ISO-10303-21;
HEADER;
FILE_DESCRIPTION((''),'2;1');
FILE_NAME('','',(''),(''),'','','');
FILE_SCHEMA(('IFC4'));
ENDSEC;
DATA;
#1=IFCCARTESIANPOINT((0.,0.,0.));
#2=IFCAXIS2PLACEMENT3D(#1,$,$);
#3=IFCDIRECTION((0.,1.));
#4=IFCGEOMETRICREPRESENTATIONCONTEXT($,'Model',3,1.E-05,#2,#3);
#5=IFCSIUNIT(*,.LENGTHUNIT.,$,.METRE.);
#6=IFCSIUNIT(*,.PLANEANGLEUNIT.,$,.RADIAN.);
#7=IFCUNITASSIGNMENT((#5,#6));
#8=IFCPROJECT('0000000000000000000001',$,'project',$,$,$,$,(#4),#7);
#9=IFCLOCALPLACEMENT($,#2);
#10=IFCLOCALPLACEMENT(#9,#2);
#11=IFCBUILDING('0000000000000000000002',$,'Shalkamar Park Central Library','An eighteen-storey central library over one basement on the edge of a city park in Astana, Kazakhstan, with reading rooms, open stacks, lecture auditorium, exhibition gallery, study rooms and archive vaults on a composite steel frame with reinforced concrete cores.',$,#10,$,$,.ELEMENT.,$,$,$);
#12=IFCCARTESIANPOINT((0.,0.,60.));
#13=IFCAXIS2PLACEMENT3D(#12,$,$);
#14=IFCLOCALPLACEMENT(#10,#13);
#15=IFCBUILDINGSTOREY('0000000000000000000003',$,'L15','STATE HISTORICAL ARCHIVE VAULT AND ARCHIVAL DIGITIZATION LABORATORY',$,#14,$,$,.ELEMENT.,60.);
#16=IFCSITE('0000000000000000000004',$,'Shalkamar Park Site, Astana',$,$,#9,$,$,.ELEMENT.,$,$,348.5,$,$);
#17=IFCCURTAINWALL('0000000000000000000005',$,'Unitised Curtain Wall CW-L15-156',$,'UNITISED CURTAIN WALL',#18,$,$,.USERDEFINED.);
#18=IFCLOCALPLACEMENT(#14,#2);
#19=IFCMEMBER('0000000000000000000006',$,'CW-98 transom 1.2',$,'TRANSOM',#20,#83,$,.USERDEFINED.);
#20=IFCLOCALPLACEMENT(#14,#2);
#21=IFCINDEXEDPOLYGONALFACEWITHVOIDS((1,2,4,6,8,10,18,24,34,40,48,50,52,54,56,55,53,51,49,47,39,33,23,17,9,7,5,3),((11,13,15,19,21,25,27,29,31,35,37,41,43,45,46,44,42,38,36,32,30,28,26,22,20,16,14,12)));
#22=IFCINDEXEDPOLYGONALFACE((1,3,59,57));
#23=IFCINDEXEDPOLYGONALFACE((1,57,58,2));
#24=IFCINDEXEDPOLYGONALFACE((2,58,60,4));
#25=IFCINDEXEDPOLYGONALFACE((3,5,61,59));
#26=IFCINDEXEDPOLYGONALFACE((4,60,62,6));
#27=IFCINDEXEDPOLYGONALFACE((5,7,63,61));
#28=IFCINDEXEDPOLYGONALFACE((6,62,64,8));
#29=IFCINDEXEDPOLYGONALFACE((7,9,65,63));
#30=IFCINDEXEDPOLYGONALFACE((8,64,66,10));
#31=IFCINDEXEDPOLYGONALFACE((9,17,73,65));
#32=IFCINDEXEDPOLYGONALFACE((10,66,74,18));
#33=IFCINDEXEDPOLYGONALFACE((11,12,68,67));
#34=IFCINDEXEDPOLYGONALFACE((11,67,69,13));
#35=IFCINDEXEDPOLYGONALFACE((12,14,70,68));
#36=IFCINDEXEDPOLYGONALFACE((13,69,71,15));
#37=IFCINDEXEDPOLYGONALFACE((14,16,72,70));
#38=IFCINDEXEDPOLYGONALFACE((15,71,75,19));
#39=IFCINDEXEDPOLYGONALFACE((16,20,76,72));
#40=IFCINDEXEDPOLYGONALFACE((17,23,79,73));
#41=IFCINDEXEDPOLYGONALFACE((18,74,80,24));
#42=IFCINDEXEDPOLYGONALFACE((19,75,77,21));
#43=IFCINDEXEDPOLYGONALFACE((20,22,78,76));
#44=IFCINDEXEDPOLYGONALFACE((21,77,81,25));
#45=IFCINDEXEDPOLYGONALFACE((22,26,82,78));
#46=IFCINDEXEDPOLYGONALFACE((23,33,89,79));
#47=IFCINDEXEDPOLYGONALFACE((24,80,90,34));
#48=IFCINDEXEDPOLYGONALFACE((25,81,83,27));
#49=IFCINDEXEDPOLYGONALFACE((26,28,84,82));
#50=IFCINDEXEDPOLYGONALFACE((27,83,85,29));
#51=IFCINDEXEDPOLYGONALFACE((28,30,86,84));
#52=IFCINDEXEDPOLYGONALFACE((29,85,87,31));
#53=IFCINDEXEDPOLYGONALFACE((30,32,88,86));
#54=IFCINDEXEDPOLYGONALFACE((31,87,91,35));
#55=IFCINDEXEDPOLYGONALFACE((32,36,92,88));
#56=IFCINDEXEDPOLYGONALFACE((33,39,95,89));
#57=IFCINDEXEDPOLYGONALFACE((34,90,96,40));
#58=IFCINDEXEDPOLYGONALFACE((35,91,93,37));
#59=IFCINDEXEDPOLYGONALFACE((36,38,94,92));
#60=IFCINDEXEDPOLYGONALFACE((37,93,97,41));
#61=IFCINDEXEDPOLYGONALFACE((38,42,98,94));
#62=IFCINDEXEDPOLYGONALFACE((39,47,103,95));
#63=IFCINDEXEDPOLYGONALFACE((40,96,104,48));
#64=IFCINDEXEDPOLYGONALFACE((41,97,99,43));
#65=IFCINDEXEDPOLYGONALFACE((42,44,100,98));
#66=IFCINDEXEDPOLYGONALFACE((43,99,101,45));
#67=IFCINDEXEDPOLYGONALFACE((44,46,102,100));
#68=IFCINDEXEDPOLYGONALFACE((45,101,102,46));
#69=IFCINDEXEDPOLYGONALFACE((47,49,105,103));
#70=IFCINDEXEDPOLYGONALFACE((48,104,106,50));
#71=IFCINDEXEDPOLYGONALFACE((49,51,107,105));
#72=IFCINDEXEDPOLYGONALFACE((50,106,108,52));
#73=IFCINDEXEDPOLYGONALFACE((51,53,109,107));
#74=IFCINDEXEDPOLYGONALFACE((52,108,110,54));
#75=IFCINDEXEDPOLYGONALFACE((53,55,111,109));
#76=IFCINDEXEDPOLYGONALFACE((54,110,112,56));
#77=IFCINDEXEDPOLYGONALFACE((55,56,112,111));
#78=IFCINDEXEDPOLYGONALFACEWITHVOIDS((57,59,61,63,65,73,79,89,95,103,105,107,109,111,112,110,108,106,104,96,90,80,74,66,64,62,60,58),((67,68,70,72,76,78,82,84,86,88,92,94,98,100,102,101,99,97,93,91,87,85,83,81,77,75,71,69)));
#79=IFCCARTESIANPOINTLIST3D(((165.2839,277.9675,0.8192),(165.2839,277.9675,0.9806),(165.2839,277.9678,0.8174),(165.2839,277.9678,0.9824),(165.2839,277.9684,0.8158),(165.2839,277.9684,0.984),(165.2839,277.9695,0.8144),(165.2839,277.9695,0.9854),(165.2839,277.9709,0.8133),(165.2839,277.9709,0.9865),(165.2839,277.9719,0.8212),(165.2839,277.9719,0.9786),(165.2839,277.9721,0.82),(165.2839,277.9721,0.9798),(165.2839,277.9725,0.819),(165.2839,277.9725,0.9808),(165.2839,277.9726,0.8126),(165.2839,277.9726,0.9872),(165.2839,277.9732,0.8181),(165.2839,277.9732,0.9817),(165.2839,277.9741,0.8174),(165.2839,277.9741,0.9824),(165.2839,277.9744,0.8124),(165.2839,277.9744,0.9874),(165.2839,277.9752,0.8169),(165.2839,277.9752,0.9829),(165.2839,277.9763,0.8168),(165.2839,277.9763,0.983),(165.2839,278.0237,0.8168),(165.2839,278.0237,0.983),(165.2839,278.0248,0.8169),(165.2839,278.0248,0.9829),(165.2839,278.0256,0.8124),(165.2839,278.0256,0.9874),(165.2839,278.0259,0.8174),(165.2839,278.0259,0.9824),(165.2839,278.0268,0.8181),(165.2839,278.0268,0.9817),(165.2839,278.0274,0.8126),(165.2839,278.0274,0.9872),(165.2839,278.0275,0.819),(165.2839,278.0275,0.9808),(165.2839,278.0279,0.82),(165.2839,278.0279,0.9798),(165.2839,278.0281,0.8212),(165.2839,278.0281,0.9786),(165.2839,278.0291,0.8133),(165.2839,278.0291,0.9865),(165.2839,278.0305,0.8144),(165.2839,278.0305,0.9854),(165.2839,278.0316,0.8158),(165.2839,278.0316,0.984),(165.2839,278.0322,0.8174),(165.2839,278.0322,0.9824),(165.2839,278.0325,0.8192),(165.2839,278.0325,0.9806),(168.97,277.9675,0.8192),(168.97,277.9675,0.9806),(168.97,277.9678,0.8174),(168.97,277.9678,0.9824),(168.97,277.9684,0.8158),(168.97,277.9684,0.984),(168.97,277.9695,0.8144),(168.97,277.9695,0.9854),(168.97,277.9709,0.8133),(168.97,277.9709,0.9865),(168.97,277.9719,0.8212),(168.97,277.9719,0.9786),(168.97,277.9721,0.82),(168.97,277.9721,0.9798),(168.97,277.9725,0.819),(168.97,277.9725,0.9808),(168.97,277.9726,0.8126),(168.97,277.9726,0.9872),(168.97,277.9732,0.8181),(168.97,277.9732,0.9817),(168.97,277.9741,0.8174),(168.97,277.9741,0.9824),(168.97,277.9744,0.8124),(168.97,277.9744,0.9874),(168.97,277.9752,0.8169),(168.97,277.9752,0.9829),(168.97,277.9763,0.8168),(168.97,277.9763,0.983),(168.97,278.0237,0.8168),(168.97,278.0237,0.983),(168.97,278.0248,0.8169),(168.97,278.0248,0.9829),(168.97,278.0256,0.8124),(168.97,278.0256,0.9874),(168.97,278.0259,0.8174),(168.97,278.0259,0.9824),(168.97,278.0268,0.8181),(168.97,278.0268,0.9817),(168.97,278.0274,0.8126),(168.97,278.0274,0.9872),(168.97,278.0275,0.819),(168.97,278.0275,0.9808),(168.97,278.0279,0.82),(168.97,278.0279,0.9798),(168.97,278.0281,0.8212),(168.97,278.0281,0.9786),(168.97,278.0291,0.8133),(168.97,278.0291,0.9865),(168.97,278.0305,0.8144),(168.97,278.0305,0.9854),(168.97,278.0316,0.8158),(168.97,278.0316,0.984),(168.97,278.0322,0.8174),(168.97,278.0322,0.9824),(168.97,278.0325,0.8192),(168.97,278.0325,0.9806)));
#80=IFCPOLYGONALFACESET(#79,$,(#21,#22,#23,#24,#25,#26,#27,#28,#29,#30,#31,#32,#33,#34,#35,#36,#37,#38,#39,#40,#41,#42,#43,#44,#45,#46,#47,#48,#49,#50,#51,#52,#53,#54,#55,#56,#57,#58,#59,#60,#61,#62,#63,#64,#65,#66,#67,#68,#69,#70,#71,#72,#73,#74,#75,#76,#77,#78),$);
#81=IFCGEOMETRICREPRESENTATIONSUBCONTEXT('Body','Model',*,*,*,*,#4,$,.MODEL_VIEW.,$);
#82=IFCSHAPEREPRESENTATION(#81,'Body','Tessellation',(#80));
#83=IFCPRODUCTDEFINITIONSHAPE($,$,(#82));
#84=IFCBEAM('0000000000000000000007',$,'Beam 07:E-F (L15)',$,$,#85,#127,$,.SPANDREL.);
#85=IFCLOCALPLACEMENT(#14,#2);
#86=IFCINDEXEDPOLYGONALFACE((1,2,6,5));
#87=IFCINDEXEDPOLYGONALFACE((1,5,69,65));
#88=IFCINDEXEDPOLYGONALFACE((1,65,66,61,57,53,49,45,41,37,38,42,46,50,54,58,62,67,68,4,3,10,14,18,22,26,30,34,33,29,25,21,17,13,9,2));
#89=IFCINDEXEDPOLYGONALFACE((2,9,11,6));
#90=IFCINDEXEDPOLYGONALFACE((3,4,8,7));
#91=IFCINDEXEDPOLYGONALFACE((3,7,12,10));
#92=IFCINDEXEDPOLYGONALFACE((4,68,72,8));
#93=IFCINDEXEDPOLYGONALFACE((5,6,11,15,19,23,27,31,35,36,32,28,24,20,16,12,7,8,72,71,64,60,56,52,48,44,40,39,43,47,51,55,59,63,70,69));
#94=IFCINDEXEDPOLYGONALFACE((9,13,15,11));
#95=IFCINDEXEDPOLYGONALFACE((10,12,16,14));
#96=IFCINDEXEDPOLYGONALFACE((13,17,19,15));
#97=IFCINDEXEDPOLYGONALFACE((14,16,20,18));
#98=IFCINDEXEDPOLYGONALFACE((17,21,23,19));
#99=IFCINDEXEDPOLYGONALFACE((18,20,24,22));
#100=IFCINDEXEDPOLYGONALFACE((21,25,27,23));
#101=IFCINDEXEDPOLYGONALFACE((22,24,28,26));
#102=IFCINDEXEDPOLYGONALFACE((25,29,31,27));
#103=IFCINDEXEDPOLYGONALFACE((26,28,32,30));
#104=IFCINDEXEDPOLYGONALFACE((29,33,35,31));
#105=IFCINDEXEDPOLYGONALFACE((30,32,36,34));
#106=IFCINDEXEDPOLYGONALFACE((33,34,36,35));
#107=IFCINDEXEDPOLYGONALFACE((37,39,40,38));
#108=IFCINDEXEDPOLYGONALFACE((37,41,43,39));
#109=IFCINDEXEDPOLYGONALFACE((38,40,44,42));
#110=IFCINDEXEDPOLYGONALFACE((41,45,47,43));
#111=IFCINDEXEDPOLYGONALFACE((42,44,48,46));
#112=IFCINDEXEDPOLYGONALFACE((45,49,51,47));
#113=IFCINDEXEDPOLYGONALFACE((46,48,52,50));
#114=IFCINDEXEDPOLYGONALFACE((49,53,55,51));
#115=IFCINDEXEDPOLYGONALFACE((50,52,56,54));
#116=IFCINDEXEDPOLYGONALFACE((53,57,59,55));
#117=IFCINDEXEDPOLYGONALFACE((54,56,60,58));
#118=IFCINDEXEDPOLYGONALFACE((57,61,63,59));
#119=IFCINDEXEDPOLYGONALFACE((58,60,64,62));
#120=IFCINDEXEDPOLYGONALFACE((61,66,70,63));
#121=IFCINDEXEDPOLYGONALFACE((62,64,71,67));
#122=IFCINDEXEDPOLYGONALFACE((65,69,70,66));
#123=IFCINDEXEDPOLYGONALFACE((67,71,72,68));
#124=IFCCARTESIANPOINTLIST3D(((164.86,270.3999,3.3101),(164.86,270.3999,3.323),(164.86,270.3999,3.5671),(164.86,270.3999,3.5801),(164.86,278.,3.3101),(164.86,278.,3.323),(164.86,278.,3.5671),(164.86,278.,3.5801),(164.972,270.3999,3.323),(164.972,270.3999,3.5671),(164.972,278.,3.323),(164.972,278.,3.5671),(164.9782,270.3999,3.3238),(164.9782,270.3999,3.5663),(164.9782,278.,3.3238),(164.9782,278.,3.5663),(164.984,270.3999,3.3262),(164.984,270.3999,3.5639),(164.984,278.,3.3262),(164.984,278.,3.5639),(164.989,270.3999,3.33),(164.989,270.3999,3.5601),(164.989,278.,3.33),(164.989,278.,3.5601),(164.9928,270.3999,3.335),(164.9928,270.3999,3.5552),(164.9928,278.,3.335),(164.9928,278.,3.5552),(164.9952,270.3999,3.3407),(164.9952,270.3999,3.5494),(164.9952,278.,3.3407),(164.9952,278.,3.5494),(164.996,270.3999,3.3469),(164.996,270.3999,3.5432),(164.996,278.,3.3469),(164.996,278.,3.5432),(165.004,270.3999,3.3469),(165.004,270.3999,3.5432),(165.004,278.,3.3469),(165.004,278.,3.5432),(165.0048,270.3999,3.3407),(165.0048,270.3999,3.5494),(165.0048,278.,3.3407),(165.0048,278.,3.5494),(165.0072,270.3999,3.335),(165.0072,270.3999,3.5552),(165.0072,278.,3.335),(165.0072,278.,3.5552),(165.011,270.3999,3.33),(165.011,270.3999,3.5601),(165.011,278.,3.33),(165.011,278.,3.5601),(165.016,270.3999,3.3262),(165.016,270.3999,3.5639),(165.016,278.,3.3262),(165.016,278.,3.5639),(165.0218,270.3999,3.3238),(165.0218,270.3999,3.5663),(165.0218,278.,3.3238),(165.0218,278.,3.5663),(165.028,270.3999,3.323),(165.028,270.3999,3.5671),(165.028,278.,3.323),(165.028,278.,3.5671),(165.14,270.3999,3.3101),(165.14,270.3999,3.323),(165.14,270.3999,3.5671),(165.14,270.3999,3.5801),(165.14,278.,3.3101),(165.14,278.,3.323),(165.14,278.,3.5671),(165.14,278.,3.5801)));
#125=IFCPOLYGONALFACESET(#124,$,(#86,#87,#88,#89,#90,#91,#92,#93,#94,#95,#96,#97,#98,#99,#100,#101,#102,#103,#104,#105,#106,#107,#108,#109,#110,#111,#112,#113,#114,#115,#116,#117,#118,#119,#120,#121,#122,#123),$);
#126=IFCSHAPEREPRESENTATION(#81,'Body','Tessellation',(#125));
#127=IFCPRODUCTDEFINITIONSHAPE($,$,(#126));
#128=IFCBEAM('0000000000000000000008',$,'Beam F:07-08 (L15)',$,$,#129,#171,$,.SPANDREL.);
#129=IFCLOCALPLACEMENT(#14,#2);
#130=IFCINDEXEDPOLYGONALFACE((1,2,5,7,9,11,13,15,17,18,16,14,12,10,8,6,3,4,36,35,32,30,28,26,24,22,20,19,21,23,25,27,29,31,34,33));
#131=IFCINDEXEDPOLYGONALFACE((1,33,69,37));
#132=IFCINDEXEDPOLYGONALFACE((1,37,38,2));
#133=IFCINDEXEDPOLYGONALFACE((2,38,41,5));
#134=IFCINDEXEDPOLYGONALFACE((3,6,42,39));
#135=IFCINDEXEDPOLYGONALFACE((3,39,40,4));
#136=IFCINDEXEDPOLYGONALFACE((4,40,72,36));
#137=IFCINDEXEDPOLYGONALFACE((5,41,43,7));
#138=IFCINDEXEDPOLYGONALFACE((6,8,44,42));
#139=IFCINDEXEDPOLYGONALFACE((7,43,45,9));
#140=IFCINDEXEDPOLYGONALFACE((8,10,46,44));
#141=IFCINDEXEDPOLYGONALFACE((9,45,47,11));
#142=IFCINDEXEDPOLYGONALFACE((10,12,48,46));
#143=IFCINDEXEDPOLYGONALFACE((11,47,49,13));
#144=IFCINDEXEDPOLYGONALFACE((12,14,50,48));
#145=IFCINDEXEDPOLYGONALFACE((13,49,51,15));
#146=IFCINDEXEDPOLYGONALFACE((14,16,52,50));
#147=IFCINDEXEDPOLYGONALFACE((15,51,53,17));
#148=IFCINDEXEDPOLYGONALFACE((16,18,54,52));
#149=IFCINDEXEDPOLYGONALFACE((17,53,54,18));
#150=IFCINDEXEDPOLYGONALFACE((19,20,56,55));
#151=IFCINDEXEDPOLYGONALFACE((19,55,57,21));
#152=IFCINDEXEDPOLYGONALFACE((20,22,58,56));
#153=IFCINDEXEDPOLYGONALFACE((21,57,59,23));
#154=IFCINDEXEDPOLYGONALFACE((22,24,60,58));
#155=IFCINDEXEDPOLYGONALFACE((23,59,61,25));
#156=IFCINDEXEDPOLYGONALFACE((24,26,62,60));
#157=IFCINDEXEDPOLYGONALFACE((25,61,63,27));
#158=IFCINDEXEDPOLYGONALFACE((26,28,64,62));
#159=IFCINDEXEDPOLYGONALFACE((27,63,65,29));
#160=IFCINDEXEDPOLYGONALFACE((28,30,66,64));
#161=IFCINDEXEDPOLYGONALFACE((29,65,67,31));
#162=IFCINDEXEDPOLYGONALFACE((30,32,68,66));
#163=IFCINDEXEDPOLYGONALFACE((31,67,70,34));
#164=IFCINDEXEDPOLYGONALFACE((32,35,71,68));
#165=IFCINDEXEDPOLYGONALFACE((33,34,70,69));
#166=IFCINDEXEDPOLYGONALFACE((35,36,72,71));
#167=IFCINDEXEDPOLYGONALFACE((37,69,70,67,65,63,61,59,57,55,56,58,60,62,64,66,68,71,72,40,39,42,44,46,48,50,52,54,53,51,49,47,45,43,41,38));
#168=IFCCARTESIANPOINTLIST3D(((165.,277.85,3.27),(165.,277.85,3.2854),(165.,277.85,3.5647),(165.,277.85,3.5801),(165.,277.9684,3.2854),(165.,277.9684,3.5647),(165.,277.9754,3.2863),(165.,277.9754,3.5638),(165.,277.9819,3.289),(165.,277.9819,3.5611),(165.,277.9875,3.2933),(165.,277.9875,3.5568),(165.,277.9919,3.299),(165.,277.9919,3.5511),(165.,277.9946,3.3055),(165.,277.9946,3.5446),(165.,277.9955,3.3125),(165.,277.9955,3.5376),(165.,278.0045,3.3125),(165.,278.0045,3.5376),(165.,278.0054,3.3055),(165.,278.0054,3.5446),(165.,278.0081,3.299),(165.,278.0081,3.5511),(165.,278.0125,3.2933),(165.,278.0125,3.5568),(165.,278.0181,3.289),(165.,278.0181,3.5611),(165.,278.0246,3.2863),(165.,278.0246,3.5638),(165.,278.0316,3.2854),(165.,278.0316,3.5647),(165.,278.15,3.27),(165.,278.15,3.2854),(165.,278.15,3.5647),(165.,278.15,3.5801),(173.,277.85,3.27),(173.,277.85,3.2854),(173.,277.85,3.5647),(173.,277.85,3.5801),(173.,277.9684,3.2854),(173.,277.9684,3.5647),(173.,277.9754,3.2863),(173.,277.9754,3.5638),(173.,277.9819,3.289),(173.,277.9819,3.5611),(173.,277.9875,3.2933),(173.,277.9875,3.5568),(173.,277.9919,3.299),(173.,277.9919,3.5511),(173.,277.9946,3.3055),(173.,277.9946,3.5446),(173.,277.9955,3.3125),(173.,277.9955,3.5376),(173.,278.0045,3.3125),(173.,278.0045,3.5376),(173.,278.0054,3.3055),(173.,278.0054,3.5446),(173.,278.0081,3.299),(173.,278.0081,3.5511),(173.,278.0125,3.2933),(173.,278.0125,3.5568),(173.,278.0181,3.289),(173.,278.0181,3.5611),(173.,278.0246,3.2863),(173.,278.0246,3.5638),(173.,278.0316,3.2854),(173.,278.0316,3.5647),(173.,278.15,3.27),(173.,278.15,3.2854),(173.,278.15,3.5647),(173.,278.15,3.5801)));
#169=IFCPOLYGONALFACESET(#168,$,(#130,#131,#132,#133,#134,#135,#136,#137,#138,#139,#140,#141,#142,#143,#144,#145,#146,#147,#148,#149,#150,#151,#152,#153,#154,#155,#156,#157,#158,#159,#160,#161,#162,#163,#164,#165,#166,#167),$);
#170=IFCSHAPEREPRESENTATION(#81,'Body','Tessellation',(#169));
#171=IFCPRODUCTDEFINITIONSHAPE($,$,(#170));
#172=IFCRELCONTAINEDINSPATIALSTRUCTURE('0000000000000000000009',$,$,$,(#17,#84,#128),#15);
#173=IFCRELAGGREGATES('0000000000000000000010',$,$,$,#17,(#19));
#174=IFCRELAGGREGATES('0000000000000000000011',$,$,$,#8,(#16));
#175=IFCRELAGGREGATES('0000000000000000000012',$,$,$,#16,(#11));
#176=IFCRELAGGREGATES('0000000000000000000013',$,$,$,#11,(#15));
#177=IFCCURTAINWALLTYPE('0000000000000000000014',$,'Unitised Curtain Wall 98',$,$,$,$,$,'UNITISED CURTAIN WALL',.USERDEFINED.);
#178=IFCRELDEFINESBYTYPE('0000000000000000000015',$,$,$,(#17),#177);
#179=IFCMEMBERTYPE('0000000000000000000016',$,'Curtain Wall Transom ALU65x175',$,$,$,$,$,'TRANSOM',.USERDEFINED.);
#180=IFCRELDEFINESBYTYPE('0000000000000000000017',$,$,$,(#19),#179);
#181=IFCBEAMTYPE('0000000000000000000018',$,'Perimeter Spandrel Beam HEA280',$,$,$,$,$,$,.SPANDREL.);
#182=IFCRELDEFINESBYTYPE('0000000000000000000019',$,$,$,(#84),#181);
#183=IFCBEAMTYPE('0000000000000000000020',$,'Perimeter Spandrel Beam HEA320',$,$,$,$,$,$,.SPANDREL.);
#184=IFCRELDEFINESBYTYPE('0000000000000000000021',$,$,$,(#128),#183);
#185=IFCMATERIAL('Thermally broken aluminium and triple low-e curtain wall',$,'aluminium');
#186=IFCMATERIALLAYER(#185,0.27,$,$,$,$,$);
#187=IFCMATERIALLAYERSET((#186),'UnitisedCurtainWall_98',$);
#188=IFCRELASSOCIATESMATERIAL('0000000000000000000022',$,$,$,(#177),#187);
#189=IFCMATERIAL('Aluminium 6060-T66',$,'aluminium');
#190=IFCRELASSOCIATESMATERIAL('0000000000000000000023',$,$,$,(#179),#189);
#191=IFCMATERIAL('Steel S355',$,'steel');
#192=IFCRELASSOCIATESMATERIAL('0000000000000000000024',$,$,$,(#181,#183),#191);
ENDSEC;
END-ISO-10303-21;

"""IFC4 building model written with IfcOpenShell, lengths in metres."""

from ifc_helpers import new_model, si_unit, direction, frame, origin, origin_2d, place, context, subcontext, project, spatial, hollow_rectangle, i_section, extrude, material, layer, layer_set, material_profile, profile_set, type_object, element, aggregate, save


model = new_model("IFC4")

# Units and contexts
model_context = context("Model", 3, precision=1e-05, world=origin(), true_north=direction((0.0, 1.0)))
body_context = subcontext(model_context, "Body", "Model", "MODEL_VIEW")
ifc_project = project(units=[si_unit("LENGTHUNIT", "METRE"), si_unit("PLANEANGLEUNIT", "RADIAN")], contexts=[model_context])

# Site, building, storey
site_placement = place(None, origin())
site = spatial("IfcSite", under=ifc_project, at=site_placement, Name="Shalkamar Park Site, Astana", CompositionType="ELEMENT", RefElevation=348.5)
building_placement = place(site_placement, origin())
building = spatial("IfcBuilding", under=site, at=building_placement, Name="Shalkamar Park Central Library", Description="An eighteen-storey central library over one basement on the edge of a city park in Astana, Kazakhstan, with reading rooms, open stacks, lecture auditorium, exhibition gallery, study rooms and archive vaults on a composite steel frame with reinforced concrete cores.", CompositionType="ELEMENT")
storey_placement = place(building_placement, frame((0.0, 0.0, 60.0)))
storey = spatial("IfcBuildingStorey", under=building, at=storey_placement, Name="L15", Description="STATE HISTORICAL ARCHIVE VAULT AND ARCHIVAL DIGITIZATION LABORATORY", CompositionType="ELEMENT", Elevation=60.0)

# Shared definitions
ifc_material_1 = material(Name="Steel S355", Category="steel")

# Curtain wall, member
ifc_material_2 = material(Name="Thermally broken aluminium and triple low-e curtain wall", Category="aluminium")
ifc_layer_1 = layer(ifc_material_2, 0.27)
ifc_layer_set_1 = layer_set([ifc_layer_1], Name="UnitisedCurtainWall_98")
curtain_wall_type = type_object("IfcCurtainWallType", Name="Unitised Curtain Wall 98", ElementType="UNITISED CURTAIN WALL", PredefinedType="USERDEFINED", material=ifc_layer_set_1)
curtain_wall_placement = place(storey_placement, origin())
curtain_wall = element("IfcCurtainWall", 1, at=curtain_wall_placement, inside=storey, type_object=curtain_wall_type, Name="Unitised Curtain Wall CW-L15-156", ObjectType="UNITISED CURTAIN WALL", PredefinedType="USERDEFINED")
ifc_material_3 = material(Name="Aluminium 6060-T66", Category="aluminium")
ifc_material_profile_1 = material_profile(ifc_material_3, hollow_rectangle(XDim=0.0649, YDim=0.175, WallThickness=0.0044, InnerFilletRadius=0.0044, OuterFilletRadius=0.0068, at=origin_2d()), Name="ALU 65x175x4.5")
ifc_profile_set_1 = profile_set([ifc_material_profile_1], Name="Aluminium 6060-T66")
member_type_1 = type_object("IfcMemberType", Name="Curtain Wall Transom ALU65x175", ElementType="TRANSOM", PredefinedType="USERDEFINED", material=ifc_profile_set_1)
member_1_placement = place(storey_placement, frame((165.2839, 278.0, 0.8999), z_axis=(1.0, 0.0, 0.0), x_axis=(0.0, 1.0, 0.0)))
member_1 = element("IfcMember", 2, at=member_1_placement, type_object=member_type_1, Name="CW-98 transom 1.2", ObjectType="TRANSOM", PredefinedType="USERDEFINED", context=body_context, shape_type="SweptSolid", body=[
    extrude(hollow_rectangle(XDim=0.0649, YDim=0.175, WallThickness=0.0044, InnerFilletRadius=0.0044, OuterFilletRadius=0.0068, at=origin_2d()), origin(), (0.0, 0.0, 1.0), 3.686),
])
aggregate(curtain_wall, [member_1])

# Beams
ifc_material_profile_2 = material_profile(ifc_material_1, i_section(OverallWidth=0.28, OverallDepth=0.27, WebThickness=0.0081, FlangeThickness=0.0129, FilletRadius=0.0239, at=origin_2d()), Name="HEA 280")
ifc_profile_set_2 = profile_set([ifc_material_profile_2], Name="Steel S355")
beam_type_1 = type_object("IfcBeamType", Name="Perimeter Spandrel Beam HEA280", PredefinedType="SPANDREL", material=ifc_profile_set_2)
beam_1_placement = place(storey_placement, frame((165.0, 270.3999, 3.4451), z_axis=(0.0, 1.0, 0.0), x_axis=(-1.0, 0.0, 0.0)))
element("IfcBeam", 3, at=beam_1_placement, inside=storey, type_object=beam_type_1, Name="Beam 07:E-F (L15)", PredefinedType="SPANDREL", context=body_context, shape_type="SweptSolid", body=[
    extrude(i_section(OverallWidth=0.28, OverallDepth=0.27, WebThickness=0.0081, FlangeThickness=0.0129, FilletRadius=0.0239, at=origin_2d()), origin(), (0.0, 0.0, 1.0), 7.6001),
])
ifc_material_profile_3 = material_profile(ifc_material_1, i_section(OverallWidth=0.3, OverallDepth=0.3101, WebThickness=0.009, FlangeThickness=0.0154, FilletRadius=0.0271, at=origin_2d()), Name="HEA 320")
ifc_profile_set_3 = profile_set([ifc_material_profile_3], Name="Steel S355")
beam_type_2 = type_object("IfcBeamType", Name="Perimeter Spandrel Beam HEA320", PredefinedType="SPANDREL", material=ifc_profile_set_3)
beam_2_placement = place(storey_placement, frame((165.0, 278.0, 3.425), z_axis=(1.0, 0.0, 0.0), x_axis=(0.0, 1.0, 0.0)))
element("IfcBeam", 4, at=beam_2_placement, inside=storey, type_object=beam_type_2, Name="Beam F:07-08 (L15)", PredefinedType="SPANDREL", context=body_context, shape_type="SweptSolid", body=[
    extrude(i_section(OverallWidth=0.3, OverallDepth=0.3101, WebThickness=0.009, FlangeThickness=0.0154, FilletRadius=0.0271, at=origin_2d()), origin(), (0.0, 0.0, 1.0), 8.0),
])

save(model, "model.ifc")
